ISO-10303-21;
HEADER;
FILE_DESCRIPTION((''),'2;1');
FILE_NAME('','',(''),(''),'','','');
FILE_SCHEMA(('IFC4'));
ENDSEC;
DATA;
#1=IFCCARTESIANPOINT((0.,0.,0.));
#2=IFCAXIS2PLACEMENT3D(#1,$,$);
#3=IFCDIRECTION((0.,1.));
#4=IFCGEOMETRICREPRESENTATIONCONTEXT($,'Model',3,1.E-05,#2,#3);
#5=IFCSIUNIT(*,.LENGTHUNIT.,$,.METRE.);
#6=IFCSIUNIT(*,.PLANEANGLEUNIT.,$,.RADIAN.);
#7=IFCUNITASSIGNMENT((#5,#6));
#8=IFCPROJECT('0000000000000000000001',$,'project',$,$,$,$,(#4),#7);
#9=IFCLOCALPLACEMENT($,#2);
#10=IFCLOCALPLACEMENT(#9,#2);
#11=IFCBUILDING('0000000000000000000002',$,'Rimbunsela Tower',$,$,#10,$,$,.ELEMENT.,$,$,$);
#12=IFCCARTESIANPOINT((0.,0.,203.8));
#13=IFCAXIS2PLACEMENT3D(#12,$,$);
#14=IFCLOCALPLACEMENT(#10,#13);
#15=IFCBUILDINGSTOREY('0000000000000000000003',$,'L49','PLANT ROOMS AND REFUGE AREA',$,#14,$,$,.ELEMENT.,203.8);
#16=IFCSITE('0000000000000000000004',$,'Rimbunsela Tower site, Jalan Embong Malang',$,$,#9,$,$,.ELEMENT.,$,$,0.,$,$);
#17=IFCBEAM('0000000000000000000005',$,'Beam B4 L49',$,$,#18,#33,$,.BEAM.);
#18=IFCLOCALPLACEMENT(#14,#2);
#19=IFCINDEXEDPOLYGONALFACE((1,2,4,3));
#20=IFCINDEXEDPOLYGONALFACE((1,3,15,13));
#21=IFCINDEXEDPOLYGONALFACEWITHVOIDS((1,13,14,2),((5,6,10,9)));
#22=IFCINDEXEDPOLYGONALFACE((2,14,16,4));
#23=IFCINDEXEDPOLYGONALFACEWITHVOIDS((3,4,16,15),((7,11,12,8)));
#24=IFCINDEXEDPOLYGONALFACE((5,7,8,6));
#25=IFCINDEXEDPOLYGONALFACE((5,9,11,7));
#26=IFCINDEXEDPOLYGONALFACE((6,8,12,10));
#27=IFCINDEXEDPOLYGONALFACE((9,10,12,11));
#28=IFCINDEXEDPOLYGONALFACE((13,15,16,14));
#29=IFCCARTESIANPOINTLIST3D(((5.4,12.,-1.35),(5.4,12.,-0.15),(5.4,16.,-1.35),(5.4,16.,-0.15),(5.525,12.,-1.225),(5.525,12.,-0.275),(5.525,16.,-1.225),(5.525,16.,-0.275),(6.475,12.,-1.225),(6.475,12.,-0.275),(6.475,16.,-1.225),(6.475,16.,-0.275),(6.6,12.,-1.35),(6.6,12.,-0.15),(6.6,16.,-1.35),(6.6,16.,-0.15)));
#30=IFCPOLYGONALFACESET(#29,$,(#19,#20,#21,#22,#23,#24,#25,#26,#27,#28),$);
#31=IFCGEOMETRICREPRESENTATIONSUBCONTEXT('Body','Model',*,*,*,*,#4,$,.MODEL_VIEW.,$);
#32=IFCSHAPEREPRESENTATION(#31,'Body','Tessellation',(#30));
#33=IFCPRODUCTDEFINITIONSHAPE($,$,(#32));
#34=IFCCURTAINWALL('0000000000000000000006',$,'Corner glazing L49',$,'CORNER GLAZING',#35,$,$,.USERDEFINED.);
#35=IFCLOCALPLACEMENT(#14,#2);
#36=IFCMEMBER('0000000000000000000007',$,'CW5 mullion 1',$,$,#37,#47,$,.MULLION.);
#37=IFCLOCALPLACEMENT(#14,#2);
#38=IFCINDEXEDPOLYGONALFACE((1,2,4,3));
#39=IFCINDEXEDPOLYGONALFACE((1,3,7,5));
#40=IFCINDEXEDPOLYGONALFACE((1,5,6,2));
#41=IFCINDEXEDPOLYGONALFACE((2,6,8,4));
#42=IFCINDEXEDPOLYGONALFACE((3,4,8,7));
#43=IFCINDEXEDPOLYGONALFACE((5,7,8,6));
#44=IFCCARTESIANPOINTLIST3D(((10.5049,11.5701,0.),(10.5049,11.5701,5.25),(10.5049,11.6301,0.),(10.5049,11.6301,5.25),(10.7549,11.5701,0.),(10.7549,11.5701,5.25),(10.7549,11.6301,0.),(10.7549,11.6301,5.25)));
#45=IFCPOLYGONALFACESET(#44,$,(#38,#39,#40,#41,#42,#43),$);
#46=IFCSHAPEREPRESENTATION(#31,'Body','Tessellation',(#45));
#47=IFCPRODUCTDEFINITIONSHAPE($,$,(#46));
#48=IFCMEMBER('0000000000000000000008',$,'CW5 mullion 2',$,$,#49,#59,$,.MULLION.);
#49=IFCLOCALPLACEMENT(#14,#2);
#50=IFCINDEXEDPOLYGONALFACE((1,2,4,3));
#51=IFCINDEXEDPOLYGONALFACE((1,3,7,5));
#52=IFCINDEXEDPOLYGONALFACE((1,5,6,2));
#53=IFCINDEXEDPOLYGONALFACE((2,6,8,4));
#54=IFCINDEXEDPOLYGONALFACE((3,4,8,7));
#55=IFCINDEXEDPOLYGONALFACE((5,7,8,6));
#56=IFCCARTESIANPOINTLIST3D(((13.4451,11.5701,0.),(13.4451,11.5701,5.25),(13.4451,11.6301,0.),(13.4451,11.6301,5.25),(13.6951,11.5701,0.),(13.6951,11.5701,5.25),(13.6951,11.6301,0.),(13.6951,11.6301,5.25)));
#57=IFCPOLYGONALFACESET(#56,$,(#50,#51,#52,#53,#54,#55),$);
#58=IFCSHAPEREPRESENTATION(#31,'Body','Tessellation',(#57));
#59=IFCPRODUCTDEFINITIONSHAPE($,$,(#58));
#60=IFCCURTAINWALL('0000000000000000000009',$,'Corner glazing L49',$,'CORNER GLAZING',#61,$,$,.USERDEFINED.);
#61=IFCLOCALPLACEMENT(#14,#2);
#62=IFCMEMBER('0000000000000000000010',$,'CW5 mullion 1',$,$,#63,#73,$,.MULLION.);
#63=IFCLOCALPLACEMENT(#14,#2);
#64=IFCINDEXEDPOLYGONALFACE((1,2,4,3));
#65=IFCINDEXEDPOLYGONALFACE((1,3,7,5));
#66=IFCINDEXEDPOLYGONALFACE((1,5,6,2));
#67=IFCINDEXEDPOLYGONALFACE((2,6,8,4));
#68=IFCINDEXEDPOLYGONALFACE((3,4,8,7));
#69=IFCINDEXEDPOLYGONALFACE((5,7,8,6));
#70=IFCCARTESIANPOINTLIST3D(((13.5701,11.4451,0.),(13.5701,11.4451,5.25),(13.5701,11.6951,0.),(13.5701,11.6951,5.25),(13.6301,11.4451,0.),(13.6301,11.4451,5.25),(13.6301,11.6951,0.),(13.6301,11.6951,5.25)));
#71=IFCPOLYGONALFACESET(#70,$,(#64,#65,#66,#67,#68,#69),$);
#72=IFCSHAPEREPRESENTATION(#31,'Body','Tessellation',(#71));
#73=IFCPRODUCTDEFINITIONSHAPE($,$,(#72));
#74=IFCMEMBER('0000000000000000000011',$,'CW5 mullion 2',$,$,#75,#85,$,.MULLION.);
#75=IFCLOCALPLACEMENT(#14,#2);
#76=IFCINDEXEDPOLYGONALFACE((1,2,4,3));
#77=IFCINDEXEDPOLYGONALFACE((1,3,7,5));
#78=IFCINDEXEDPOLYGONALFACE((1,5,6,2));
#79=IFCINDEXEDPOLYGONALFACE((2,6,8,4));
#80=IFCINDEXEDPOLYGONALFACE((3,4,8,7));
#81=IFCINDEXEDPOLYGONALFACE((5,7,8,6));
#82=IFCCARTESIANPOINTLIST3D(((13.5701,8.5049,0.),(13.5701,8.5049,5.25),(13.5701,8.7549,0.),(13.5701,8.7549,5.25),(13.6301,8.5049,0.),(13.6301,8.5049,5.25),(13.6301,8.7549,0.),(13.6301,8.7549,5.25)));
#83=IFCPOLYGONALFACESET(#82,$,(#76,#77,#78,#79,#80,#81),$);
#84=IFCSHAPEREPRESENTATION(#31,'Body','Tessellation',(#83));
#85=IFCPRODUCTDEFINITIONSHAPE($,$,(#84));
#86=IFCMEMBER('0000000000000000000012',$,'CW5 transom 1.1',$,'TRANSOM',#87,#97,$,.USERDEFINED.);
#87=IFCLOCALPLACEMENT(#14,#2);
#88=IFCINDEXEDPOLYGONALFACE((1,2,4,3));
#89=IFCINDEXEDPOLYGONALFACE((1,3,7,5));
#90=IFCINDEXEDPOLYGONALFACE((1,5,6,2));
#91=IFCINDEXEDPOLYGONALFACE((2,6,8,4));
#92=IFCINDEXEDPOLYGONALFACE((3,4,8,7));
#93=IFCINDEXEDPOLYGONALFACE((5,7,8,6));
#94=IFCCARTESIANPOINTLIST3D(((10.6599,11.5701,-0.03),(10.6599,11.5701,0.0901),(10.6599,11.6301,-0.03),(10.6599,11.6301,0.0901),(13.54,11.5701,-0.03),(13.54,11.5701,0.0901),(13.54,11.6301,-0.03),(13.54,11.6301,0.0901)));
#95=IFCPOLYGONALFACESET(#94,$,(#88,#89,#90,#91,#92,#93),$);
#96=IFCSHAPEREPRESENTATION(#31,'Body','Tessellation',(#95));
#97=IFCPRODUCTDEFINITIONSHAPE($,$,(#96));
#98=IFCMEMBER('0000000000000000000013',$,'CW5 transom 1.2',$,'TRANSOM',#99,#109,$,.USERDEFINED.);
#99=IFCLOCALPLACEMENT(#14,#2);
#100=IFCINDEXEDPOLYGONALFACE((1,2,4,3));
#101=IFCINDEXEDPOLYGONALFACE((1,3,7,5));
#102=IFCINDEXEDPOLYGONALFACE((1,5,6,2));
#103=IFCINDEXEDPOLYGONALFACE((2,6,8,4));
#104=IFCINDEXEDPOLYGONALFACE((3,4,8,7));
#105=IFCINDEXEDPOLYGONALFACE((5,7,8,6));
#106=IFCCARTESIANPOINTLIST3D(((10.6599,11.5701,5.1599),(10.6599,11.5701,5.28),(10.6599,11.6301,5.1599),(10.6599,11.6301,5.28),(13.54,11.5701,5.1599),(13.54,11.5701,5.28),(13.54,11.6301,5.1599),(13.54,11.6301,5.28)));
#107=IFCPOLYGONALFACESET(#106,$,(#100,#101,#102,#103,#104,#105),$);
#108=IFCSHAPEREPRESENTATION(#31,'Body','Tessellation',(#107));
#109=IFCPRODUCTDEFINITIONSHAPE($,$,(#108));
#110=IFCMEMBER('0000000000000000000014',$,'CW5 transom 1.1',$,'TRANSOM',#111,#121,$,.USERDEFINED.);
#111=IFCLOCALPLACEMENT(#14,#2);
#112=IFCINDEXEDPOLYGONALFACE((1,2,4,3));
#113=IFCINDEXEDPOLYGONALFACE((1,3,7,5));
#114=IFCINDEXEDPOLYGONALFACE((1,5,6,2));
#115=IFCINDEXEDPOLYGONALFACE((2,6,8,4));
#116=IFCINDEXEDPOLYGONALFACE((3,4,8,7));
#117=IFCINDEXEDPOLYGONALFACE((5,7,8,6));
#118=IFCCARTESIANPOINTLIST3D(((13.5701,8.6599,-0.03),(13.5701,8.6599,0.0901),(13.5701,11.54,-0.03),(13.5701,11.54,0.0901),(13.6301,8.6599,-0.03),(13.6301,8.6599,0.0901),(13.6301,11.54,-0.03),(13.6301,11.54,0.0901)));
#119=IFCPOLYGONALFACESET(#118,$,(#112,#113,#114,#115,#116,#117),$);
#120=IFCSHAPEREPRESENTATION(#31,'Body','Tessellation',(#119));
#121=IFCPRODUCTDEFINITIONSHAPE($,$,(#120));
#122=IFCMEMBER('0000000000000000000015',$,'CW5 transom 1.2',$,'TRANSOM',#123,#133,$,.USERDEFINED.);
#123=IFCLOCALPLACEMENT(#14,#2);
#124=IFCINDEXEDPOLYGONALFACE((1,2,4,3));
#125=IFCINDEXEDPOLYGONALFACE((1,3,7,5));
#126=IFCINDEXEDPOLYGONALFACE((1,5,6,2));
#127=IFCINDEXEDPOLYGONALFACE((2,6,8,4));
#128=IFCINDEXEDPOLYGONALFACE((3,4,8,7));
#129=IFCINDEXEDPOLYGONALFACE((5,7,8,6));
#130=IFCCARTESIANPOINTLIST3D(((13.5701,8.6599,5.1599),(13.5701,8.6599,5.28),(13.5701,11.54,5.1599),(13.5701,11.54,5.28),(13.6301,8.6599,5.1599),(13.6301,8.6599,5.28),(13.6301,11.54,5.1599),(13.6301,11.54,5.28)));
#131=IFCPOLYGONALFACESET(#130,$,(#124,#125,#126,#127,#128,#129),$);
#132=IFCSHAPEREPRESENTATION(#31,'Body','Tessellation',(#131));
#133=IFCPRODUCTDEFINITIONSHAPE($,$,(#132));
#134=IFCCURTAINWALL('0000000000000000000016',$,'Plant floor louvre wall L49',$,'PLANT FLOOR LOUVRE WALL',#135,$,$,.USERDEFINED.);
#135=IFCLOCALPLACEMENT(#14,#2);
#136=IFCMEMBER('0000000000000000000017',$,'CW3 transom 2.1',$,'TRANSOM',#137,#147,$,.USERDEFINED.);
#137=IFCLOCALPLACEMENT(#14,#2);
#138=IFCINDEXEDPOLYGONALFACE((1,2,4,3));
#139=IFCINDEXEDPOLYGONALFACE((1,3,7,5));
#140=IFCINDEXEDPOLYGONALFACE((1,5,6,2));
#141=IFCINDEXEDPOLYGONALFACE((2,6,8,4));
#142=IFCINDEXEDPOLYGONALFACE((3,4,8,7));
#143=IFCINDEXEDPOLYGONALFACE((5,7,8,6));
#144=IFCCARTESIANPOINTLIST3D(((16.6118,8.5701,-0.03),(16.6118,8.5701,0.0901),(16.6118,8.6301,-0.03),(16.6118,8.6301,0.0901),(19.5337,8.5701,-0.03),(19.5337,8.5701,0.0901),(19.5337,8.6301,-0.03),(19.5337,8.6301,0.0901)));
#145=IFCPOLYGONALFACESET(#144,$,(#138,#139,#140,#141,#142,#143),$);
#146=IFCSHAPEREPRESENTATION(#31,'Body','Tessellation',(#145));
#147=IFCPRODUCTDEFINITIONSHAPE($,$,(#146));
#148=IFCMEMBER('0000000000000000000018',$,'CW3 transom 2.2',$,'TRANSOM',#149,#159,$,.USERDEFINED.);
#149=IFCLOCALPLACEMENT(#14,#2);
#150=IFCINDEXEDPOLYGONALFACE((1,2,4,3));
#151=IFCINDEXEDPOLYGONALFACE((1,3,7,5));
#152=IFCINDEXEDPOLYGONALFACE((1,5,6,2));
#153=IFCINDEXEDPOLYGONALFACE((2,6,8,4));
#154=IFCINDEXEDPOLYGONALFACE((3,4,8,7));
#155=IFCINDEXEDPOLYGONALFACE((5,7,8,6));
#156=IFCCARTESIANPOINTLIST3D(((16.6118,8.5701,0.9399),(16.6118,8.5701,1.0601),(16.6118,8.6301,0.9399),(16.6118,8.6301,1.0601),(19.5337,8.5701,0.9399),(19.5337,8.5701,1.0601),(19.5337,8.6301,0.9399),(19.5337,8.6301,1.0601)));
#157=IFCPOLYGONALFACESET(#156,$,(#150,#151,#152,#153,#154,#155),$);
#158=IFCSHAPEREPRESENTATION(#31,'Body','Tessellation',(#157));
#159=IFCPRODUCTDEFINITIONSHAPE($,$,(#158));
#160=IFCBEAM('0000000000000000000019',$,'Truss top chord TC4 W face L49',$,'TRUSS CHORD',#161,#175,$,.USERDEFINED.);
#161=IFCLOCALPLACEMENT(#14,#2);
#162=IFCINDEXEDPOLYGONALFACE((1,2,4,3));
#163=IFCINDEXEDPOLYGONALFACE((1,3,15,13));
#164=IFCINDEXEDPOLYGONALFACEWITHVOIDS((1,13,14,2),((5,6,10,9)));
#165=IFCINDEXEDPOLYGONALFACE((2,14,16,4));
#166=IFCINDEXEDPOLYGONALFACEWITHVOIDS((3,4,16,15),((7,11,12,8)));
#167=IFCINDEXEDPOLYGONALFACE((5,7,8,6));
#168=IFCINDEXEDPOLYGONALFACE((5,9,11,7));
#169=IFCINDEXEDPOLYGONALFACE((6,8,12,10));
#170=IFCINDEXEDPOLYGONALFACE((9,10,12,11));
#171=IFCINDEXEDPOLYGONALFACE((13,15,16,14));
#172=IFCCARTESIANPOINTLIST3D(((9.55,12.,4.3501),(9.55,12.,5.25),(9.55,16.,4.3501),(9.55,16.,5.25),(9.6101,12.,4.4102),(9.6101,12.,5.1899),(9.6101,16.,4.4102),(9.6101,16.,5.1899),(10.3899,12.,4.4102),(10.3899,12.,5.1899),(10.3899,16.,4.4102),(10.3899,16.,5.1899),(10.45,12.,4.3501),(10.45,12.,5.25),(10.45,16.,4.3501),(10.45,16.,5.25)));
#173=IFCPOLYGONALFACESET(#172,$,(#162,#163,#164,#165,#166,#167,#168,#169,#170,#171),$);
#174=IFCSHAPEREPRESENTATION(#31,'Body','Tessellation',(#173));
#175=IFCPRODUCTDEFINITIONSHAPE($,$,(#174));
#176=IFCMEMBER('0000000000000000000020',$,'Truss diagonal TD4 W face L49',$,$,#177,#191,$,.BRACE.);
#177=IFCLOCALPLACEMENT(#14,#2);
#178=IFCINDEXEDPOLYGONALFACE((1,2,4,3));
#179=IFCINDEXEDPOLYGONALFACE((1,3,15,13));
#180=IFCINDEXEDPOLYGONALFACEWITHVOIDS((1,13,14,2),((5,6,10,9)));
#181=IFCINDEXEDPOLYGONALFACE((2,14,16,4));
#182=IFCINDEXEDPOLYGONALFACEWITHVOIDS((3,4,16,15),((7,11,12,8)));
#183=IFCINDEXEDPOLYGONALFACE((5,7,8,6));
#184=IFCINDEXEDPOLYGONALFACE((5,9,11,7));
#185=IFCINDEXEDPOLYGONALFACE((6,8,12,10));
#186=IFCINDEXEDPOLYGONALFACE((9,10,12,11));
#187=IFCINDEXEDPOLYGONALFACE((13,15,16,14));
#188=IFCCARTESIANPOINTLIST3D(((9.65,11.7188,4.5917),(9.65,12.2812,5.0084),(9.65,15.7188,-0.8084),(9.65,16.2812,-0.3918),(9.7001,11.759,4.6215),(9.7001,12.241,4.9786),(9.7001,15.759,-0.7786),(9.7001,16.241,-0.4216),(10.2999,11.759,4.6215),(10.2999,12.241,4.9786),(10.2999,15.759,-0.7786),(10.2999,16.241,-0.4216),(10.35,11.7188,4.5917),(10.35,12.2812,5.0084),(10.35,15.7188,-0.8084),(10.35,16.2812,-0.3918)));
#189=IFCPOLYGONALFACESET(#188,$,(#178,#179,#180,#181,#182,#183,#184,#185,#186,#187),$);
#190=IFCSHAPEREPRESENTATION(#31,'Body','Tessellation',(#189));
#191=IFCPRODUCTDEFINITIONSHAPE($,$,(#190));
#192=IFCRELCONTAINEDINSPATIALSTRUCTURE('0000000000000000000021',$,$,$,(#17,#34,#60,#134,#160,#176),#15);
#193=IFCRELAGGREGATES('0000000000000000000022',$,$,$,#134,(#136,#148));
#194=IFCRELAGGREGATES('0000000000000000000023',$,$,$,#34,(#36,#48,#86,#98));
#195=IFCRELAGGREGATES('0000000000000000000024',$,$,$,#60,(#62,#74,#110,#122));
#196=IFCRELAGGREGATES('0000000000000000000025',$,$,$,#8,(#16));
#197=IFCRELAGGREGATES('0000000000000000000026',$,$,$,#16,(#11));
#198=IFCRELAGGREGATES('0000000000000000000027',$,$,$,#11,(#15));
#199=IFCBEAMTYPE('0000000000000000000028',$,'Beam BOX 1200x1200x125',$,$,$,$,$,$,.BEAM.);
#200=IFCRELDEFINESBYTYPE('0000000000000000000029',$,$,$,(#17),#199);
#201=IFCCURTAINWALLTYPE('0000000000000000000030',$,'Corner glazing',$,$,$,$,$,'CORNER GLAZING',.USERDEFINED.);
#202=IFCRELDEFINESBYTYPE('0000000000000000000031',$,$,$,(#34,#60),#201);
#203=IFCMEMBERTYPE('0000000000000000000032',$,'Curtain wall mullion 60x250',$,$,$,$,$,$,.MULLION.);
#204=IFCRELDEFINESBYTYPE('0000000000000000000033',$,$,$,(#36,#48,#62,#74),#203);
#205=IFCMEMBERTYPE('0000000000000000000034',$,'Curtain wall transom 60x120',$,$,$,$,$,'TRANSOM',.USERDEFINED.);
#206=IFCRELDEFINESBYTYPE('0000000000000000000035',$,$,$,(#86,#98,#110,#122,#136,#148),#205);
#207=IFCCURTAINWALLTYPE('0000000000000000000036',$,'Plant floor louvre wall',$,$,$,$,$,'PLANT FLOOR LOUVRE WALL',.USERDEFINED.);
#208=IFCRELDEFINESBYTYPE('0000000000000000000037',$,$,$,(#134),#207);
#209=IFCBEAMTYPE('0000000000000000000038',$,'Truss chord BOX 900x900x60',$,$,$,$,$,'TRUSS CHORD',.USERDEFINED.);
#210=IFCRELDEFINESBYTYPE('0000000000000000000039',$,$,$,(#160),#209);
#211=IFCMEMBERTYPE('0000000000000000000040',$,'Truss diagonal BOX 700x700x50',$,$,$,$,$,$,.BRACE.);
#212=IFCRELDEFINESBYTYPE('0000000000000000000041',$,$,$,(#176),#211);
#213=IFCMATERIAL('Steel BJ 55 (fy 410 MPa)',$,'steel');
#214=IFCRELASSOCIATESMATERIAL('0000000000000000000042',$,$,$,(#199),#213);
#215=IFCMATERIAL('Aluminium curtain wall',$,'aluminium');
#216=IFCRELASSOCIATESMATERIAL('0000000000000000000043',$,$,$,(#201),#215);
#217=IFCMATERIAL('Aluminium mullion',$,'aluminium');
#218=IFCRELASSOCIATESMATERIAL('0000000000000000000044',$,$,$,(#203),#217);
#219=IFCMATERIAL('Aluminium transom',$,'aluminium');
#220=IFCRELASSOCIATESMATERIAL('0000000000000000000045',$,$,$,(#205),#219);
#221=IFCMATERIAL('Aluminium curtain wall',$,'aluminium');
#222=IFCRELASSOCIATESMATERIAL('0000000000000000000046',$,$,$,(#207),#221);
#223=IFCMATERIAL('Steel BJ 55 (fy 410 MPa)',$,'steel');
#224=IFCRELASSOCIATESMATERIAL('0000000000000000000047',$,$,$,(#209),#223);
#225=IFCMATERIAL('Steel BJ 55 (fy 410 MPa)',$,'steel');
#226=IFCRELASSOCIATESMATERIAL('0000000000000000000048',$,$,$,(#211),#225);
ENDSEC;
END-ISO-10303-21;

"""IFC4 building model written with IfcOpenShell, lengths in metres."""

from ifc_helpers import new_model, si_unit, direction, frame, origin, origin_2d, place, context, subcontext, project, spatial, rectangle, hollow_rectangle, extrude, material, material_profile, profile_set, type_object, element, aggregate, save


model = new_model("IFC4")

# Units and contexts
model_context = context("Model", 3, precision=1e-05, world=origin(), true_north=direction((0.0, 1.0)))
body_context = subcontext(model_context, "Body", "Model", "MODEL_VIEW")
ifc_project = project(units=[si_unit("LENGTHUNIT", "METRE"), si_unit("PLANEANGLEUNIT", "RADIAN")], contexts=[model_context])

# Site, building, storey
site_placement = place(None, origin())
site = spatial("IfcSite", under=ifc_project, at=site_placement, Name="Rimbunsela Tower site, Jalan Embong Malang", CompositionType="ELEMENT", RefElevation=0.0)
building_placement = place(site_placement, origin())
building = spatial("IfcBuilding", under=site, at=building_placement, Name="Rimbunsela Tower", CompositionType="ELEMENT")
storey_placement = place(building_placement, frame((0.0, 0.0, 203.8)))
storey = spatial("IfcBuildingStorey", under=building, at=storey_placement, Name="L49", Description="PLANT ROOMS AND REFUGE AREA", CompositionType="ELEMENT", Elevation=203.8)

# Beam
ifc_material_1 = material(Name="Steel BJ 55 (fy 410 MPa)", Category="steel")
ifc_material_profile_1 = material_profile(ifc_material_1, hollow_rectangle(XDim=1.2, YDim=1.2, WallThickness=0.125, at=origin_2d()), Name="BOX 1200x1200x125")
ifc_profile_set_1 = profile_set([ifc_material_profile_1], Name="Steel BJ 55 (fy 410 MPa)")
beam_type_1 = type_object("IfcBeamType", Name="Beam BOX 1200x1200x125", PredefinedType="BEAM", material=ifc_profile_set_1)
beam_1_placement = place(storey_placement, frame((6.0, 12.0, -0.75), z_axis=(0.0, 1.0, 0.0), x_axis=(-1.0, 0.0, 0.0)))
element("IfcBeam", 1, at=beam_1_placement, inside=storey, type_object=beam_type_1, Name="Beam B4 L49", PredefinedType="BEAM", context=body_context, shape_type="SweptSolid", body=[
    extrude(hollow_rectangle(XDim=1.2, YDim=1.2, WallThickness=0.125, at=origin_2d()), origin(), (0.0, 0.0, 1.0), 4.0),
])

# Curtain walls, members
ifc_material_2 = material(Name="Aluminium curtain wall", Category="aluminium")
curtain_wall_type_1 = type_object("IfcCurtainWallType", Name="Corner glazing", ElementType="CORNER GLAZING", PredefinedType="USERDEFINED", material=ifc_material_2)
curtain_wall_1_placement = place(storey_placement, origin())
curtain_wall_1 = element("IfcCurtainWall", 2, at=curtain_wall_1_placement, inside=storey, type_object=curtain_wall_type_1, Name="Corner glazing L49", ObjectType="CORNER GLAZING", PredefinedType="USERDEFINED")
ifc_material_3 = material(Name="Aluminium mullion", Category="aluminium")
ifc_material_profile_2 = material_profile(ifc_material_3, rectangle(XDim=0.0601, YDim=0.25, at=origin_2d()), Name="Mullion 60x250")
ifc_profile_set_2 = profile_set([ifc_material_profile_2], Name="Aluminium mullion")
member_type_1 = type_object("IfcMemberType", Name="Curtain wall mullion 60x250", PredefinedType="MULLION", material=ifc_profile_set_2)
member_1_placement = place(storey_placement, frame((10.6299, 11.6001, 0.0), z_axis=(0.0, 0.0, 1.0), x_axis=(0.0, 1.0, 0.0)))
member_1 = element("IfcMember", 3, at=member_1_placement, type_object=member_type_1, Name="CW5 mullion 1", PredefinedType="MULLION", context=body_context, shape_type="SweptSolid", body=[
    extrude(rectangle(XDim=0.0601, YDim=0.25, at=origin_2d()), origin(), (0.0, 0.0, 1.0), 5.25),
])
member_2_placement = place(storey_placement, frame((13.5701, 11.6001, 0.0), z_axis=(0.0, 0.0, 1.0), x_axis=(0.0, 1.0, 0.0)))
member_2 = element("IfcMember", 4, at=member_2_placement, type_object=member_type_1, Name="CW5 mullion 2", PredefinedType="MULLION", context=body_context, shape_type="SweptSolid", body=[
    extrude(rectangle(XDim=0.0601, YDim=0.25, at=origin_2d()), origin(), (0.0, 0.0, 1.0), 5.25),
])
curtain_wall_2_placement = place(storey_placement, origin())
curtain_wall_2 = element("IfcCurtainWall", 5, at=curtain_wall_2_placement, inside=storey, type_object=curtain_wall_type_1, Name="Corner glazing L49", ObjectType="CORNER GLAZING", PredefinedType="USERDEFINED")
member_3_placement = place(storey_placement, frame((13.6001, 11.5701, 0.0), z_axis=(0.0, 0.0, 1.0), x_axis=(1.0, 0.0, 0.0)))
member_3 = element("IfcMember", 6, at=member_3_placement, type_object=member_type_1, Name="CW5 mullion 1", PredefinedType="MULLION", context=body_context, shape_type="SweptSolid", body=[
    extrude(rectangle(XDim=0.0601, YDim=0.25, at=origin_2d()), origin(), (0.0, 0.0, 1.0), 5.25),
])
member_4_placement = place(storey_placement, frame((13.6001, 8.6299, 0.0), z_axis=(0.0, 0.0, 1.0), x_axis=(1.0, 0.0, 0.0)))
member_4 = element("IfcMember", 7, at=member_4_placement, type_object=member_type_1, Name="CW5 mullion 2", PredefinedType="MULLION", context=body_context, shape_type="SweptSolid", body=[
    extrude(rectangle(XDim=0.0601, YDim=0.25, at=origin_2d()), origin(), (0.0, 0.0, 1.0), 5.25),
])

# Members
ifc_material_4 = material(Name="Aluminium transom", Category="aluminium")
ifc_material_profile_3 = material_profile(ifc_material_4, rectangle(XDim=0.0601, YDim=0.1201, at=origin_2d()), Name="Transom 60x120")
ifc_profile_set_3 = profile_set([ifc_material_profile_3], Name="Aluminium transom")
member_type_2 = type_object("IfcMemberType", Name="Curtain wall transom 60x120", ElementType="TRANSOM", PredefinedType="USERDEFINED", material=ifc_profile_set_3)
member_5_placement = place(storey_placement, frame((10.6599, 11.6001, 0.03), z_axis=(1.0, 0.0, 0.0), x_axis=(0.0, 1.0, 0.0)))
member_5 = element("IfcMember", 8, at=member_5_placement, type_object=member_type_2, Name="CW5 transom 1.1", ObjectType="TRANSOM", PredefinedType="USERDEFINED", context=body_context, shape_type="SweptSolid", body=[
    extrude(rectangle(XDim=0.0601, YDim=0.1201, at=origin_2d()), origin(), (0.0, 0.0, 1.0), 2.8801),
])
member_6_placement = place(storey_placement, frame((10.6599, 11.6001, 5.22), z_axis=(1.0, 0.0, 0.0), x_axis=(0.0, 1.0, 0.0)))
member_6 = element("IfcMember", 9, at=member_6_placement, type_object=member_type_2, Name="CW5 transom 1.2", ObjectType="TRANSOM", PredefinedType="USERDEFINED", context=body_context, shape_type="SweptSolid", body=[
    extrude(rectangle(XDim=0.0601, YDim=0.1201, at=origin_2d()), origin(), (0.0, 0.0, 1.0), 2.8801),
])
member_7_placement = place(storey_placement, frame((13.6001, 11.54, 0.03), z_axis=(0.0, -1.0, 0.0), x_axis=(1.0, 0.0, 0.0)))
member_7 = element("IfcMember", 10, at=member_7_placement, type_object=member_type_2, Name="CW5 transom 1.1", ObjectType="TRANSOM", PredefinedType="USERDEFINED", context=body_context, shape_type="SweptSolid", body=[
    extrude(rectangle(XDim=0.0601, YDim=0.1201, at=origin_2d()), origin(), (0.0, 0.0, 1.0), 2.8801),
])
member_8_placement = place(storey_placement, frame((13.6001, 11.54, 5.22), z_axis=(0.0, -1.0, 0.0), x_axis=(1.0, 0.0, 0.0)))
member_8 = element("IfcMember", 11, at=member_8_placement, type_object=member_type_2, Name="CW5 transom 1.2", ObjectType="TRANSOM", PredefinedType="USERDEFINED", context=body_context, shape_type="SweptSolid", body=[
    extrude(rectangle(XDim=0.0601, YDim=0.1201, at=origin_2d()), origin(), (0.0, 0.0, 1.0), 2.8801),
])

# Curtain wall, members
ifc_material_5 = material(Name="Aluminium curtain wall", Category="aluminium")
curtain_wall_type_2 = type_object("IfcCurtainWallType", Name="Plant floor louvre wall", ElementType="PLANT FLOOR LOUVRE WALL", PredefinedType="USERDEFINED", material=ifc_material_5)
curtain_wall_3_placement = place(storey_placement, origin())
curtain_wall_3 = element("IfcCurtainWall", 12, at=curtain_wall_3_placement, inside=storey, type_object=curtain_wall_type_2, Name="Plant floor louvre wall L49", ObjectType="PLANT FLOOR LOUVRE WALL", PredefinedType="USERDEFINED")
member_9_placement = place(storey_placement, frame((16.6118, 8.6001, 0.03), z_axis=(1.0, 0.0, 0.0), x_axis=(0.0, 1.0, 0.0)))
member_9 = element("IfcMember", 13, at=member_9_placement, type_object=member_type_2, Name="CW3 transom 2.1", ObjectType="TRANSOM", PredefinedType="USERDEFINED", context=body_context, shape_type="SweptSolid", body=[
    extrude(rectangle(XDim=0.0601, YDim=0.1201, at=origin_2d()), origin(), (0.0, 0.0, 1.0), 2.9219),
])
member_10_placement = place(storey_placement, frame((16.6118, 8.6001, 1.0), z_axis=(1.0, 0.0, 0.0), x_axis=(0.0, 1.0, 0.0)))
member_10 = element("IfcMember", 14, at=member_10_placement, type_object=member_type_2, Name="CW3 transom 2.2", ObjectType="TRANSOM", PredefinedType="USERDEFINED", context=body_context, shape_type="SweptSolid", body=[
    extrude(rectangle(XDim=0.0601, YDim=0.1201, at=origin_2d()), origin(), (0.0, 0.0, 1.0), 2.9219),
])
aggregate(curtain_wall_3, [member_9, member_10])

# Beam
ifc_material_6 = material(Name="Steel BJ 55 (fy 410 MPa)", Category="steel")
ifc_material_profile_4 = material_profile(ifc_material_6, hollow_rectangle(XDim=0.8999, YDim=0.8999, WallThickness=0.0601, at=origin_2d()), Name="BOX 900x900x60")
ifc_profile_set_4 = profile_set([ifc_material_profile_4], Name="Steel BJ 55 (fy 410 MPa)")
beam_type_2 = type_object("IfcBeamType", Name="Truss chord BOX 900x900x60", ElementType="TRUSS CHORD", PredefinedType="USERDEFINED", material=ifc_profile_set_4)
beam_2_placement = place(storey_placement, frame((10.0, 12.0, 4.8), z_axis=(0.0, 1.0, 0.0), x_axis=(-1.0, 0.0, 0.0)))
element("IfcBeam", 15, at=beam_2_placement, inside=storey, type_object=beam_type_2, Name="Truss top chord TC4 W face L49", ObjectType="TRUSS CHORD", PredefinedType="USERDEFINED", context=body_context, shape_type="SweptSolid", body=[
    extrude(hollow_rectangle(XDim=0.8999, YDim=0.8999, WallThickness=0.0601, at=origin_2d()), origin(), (0.0, 0.0, 1.0), 4.0),
])

# Member
ifc_material_7 = material(Name="Steel BJ 55 (fy 410 MPa)", Category="steel")
ifc_material_profile_5 = material_profile(ifc_material_7, hollow_rectangle(XDim=0.7, YDim=0.7, WallThickness=0.05, at=origin_2d()), Name="BOX 700x700x50")
ifc_profile_set_5 = profile_set([ifc_material_profile_5], Name="Steel BJ 55 (fy 410 MPa)")
member_type_3 = type_object("IfcMemberType", Name="Truss diagonal BOX 700x700x50", PredefinedType="BRACE", material=ifc_profile_set_5)
member_11_placement = place(storey_placement, frame((10.0, 12.0, 4.8), z_axis=(0.0, 0.595217, -0.803565), x_axis=(-1.0, 0.0, 0.0)))
element("IfcMember", 16, at=member_11_placement, inside=storey, type_object=member_type_3, Name="Truss diagonal TD4 W face L49", PredefinedType="BRACE", context=body_context, shape_type="SweptSolid", body=[
    extrude(hollow_rectangle(XDim=0.7, YDim=0.7, WallThickness=0.05, at=origin_2d()), origin(), (0.0, 0.0, 1.0), 6.7202),
])

aggregate(curtain_wall_1, [member_1, member_2, member_5, member_6])
aggregate(curtain_wall_2, [member_3, member_4, member_7, member_8])

save(model, "model.ifc")
